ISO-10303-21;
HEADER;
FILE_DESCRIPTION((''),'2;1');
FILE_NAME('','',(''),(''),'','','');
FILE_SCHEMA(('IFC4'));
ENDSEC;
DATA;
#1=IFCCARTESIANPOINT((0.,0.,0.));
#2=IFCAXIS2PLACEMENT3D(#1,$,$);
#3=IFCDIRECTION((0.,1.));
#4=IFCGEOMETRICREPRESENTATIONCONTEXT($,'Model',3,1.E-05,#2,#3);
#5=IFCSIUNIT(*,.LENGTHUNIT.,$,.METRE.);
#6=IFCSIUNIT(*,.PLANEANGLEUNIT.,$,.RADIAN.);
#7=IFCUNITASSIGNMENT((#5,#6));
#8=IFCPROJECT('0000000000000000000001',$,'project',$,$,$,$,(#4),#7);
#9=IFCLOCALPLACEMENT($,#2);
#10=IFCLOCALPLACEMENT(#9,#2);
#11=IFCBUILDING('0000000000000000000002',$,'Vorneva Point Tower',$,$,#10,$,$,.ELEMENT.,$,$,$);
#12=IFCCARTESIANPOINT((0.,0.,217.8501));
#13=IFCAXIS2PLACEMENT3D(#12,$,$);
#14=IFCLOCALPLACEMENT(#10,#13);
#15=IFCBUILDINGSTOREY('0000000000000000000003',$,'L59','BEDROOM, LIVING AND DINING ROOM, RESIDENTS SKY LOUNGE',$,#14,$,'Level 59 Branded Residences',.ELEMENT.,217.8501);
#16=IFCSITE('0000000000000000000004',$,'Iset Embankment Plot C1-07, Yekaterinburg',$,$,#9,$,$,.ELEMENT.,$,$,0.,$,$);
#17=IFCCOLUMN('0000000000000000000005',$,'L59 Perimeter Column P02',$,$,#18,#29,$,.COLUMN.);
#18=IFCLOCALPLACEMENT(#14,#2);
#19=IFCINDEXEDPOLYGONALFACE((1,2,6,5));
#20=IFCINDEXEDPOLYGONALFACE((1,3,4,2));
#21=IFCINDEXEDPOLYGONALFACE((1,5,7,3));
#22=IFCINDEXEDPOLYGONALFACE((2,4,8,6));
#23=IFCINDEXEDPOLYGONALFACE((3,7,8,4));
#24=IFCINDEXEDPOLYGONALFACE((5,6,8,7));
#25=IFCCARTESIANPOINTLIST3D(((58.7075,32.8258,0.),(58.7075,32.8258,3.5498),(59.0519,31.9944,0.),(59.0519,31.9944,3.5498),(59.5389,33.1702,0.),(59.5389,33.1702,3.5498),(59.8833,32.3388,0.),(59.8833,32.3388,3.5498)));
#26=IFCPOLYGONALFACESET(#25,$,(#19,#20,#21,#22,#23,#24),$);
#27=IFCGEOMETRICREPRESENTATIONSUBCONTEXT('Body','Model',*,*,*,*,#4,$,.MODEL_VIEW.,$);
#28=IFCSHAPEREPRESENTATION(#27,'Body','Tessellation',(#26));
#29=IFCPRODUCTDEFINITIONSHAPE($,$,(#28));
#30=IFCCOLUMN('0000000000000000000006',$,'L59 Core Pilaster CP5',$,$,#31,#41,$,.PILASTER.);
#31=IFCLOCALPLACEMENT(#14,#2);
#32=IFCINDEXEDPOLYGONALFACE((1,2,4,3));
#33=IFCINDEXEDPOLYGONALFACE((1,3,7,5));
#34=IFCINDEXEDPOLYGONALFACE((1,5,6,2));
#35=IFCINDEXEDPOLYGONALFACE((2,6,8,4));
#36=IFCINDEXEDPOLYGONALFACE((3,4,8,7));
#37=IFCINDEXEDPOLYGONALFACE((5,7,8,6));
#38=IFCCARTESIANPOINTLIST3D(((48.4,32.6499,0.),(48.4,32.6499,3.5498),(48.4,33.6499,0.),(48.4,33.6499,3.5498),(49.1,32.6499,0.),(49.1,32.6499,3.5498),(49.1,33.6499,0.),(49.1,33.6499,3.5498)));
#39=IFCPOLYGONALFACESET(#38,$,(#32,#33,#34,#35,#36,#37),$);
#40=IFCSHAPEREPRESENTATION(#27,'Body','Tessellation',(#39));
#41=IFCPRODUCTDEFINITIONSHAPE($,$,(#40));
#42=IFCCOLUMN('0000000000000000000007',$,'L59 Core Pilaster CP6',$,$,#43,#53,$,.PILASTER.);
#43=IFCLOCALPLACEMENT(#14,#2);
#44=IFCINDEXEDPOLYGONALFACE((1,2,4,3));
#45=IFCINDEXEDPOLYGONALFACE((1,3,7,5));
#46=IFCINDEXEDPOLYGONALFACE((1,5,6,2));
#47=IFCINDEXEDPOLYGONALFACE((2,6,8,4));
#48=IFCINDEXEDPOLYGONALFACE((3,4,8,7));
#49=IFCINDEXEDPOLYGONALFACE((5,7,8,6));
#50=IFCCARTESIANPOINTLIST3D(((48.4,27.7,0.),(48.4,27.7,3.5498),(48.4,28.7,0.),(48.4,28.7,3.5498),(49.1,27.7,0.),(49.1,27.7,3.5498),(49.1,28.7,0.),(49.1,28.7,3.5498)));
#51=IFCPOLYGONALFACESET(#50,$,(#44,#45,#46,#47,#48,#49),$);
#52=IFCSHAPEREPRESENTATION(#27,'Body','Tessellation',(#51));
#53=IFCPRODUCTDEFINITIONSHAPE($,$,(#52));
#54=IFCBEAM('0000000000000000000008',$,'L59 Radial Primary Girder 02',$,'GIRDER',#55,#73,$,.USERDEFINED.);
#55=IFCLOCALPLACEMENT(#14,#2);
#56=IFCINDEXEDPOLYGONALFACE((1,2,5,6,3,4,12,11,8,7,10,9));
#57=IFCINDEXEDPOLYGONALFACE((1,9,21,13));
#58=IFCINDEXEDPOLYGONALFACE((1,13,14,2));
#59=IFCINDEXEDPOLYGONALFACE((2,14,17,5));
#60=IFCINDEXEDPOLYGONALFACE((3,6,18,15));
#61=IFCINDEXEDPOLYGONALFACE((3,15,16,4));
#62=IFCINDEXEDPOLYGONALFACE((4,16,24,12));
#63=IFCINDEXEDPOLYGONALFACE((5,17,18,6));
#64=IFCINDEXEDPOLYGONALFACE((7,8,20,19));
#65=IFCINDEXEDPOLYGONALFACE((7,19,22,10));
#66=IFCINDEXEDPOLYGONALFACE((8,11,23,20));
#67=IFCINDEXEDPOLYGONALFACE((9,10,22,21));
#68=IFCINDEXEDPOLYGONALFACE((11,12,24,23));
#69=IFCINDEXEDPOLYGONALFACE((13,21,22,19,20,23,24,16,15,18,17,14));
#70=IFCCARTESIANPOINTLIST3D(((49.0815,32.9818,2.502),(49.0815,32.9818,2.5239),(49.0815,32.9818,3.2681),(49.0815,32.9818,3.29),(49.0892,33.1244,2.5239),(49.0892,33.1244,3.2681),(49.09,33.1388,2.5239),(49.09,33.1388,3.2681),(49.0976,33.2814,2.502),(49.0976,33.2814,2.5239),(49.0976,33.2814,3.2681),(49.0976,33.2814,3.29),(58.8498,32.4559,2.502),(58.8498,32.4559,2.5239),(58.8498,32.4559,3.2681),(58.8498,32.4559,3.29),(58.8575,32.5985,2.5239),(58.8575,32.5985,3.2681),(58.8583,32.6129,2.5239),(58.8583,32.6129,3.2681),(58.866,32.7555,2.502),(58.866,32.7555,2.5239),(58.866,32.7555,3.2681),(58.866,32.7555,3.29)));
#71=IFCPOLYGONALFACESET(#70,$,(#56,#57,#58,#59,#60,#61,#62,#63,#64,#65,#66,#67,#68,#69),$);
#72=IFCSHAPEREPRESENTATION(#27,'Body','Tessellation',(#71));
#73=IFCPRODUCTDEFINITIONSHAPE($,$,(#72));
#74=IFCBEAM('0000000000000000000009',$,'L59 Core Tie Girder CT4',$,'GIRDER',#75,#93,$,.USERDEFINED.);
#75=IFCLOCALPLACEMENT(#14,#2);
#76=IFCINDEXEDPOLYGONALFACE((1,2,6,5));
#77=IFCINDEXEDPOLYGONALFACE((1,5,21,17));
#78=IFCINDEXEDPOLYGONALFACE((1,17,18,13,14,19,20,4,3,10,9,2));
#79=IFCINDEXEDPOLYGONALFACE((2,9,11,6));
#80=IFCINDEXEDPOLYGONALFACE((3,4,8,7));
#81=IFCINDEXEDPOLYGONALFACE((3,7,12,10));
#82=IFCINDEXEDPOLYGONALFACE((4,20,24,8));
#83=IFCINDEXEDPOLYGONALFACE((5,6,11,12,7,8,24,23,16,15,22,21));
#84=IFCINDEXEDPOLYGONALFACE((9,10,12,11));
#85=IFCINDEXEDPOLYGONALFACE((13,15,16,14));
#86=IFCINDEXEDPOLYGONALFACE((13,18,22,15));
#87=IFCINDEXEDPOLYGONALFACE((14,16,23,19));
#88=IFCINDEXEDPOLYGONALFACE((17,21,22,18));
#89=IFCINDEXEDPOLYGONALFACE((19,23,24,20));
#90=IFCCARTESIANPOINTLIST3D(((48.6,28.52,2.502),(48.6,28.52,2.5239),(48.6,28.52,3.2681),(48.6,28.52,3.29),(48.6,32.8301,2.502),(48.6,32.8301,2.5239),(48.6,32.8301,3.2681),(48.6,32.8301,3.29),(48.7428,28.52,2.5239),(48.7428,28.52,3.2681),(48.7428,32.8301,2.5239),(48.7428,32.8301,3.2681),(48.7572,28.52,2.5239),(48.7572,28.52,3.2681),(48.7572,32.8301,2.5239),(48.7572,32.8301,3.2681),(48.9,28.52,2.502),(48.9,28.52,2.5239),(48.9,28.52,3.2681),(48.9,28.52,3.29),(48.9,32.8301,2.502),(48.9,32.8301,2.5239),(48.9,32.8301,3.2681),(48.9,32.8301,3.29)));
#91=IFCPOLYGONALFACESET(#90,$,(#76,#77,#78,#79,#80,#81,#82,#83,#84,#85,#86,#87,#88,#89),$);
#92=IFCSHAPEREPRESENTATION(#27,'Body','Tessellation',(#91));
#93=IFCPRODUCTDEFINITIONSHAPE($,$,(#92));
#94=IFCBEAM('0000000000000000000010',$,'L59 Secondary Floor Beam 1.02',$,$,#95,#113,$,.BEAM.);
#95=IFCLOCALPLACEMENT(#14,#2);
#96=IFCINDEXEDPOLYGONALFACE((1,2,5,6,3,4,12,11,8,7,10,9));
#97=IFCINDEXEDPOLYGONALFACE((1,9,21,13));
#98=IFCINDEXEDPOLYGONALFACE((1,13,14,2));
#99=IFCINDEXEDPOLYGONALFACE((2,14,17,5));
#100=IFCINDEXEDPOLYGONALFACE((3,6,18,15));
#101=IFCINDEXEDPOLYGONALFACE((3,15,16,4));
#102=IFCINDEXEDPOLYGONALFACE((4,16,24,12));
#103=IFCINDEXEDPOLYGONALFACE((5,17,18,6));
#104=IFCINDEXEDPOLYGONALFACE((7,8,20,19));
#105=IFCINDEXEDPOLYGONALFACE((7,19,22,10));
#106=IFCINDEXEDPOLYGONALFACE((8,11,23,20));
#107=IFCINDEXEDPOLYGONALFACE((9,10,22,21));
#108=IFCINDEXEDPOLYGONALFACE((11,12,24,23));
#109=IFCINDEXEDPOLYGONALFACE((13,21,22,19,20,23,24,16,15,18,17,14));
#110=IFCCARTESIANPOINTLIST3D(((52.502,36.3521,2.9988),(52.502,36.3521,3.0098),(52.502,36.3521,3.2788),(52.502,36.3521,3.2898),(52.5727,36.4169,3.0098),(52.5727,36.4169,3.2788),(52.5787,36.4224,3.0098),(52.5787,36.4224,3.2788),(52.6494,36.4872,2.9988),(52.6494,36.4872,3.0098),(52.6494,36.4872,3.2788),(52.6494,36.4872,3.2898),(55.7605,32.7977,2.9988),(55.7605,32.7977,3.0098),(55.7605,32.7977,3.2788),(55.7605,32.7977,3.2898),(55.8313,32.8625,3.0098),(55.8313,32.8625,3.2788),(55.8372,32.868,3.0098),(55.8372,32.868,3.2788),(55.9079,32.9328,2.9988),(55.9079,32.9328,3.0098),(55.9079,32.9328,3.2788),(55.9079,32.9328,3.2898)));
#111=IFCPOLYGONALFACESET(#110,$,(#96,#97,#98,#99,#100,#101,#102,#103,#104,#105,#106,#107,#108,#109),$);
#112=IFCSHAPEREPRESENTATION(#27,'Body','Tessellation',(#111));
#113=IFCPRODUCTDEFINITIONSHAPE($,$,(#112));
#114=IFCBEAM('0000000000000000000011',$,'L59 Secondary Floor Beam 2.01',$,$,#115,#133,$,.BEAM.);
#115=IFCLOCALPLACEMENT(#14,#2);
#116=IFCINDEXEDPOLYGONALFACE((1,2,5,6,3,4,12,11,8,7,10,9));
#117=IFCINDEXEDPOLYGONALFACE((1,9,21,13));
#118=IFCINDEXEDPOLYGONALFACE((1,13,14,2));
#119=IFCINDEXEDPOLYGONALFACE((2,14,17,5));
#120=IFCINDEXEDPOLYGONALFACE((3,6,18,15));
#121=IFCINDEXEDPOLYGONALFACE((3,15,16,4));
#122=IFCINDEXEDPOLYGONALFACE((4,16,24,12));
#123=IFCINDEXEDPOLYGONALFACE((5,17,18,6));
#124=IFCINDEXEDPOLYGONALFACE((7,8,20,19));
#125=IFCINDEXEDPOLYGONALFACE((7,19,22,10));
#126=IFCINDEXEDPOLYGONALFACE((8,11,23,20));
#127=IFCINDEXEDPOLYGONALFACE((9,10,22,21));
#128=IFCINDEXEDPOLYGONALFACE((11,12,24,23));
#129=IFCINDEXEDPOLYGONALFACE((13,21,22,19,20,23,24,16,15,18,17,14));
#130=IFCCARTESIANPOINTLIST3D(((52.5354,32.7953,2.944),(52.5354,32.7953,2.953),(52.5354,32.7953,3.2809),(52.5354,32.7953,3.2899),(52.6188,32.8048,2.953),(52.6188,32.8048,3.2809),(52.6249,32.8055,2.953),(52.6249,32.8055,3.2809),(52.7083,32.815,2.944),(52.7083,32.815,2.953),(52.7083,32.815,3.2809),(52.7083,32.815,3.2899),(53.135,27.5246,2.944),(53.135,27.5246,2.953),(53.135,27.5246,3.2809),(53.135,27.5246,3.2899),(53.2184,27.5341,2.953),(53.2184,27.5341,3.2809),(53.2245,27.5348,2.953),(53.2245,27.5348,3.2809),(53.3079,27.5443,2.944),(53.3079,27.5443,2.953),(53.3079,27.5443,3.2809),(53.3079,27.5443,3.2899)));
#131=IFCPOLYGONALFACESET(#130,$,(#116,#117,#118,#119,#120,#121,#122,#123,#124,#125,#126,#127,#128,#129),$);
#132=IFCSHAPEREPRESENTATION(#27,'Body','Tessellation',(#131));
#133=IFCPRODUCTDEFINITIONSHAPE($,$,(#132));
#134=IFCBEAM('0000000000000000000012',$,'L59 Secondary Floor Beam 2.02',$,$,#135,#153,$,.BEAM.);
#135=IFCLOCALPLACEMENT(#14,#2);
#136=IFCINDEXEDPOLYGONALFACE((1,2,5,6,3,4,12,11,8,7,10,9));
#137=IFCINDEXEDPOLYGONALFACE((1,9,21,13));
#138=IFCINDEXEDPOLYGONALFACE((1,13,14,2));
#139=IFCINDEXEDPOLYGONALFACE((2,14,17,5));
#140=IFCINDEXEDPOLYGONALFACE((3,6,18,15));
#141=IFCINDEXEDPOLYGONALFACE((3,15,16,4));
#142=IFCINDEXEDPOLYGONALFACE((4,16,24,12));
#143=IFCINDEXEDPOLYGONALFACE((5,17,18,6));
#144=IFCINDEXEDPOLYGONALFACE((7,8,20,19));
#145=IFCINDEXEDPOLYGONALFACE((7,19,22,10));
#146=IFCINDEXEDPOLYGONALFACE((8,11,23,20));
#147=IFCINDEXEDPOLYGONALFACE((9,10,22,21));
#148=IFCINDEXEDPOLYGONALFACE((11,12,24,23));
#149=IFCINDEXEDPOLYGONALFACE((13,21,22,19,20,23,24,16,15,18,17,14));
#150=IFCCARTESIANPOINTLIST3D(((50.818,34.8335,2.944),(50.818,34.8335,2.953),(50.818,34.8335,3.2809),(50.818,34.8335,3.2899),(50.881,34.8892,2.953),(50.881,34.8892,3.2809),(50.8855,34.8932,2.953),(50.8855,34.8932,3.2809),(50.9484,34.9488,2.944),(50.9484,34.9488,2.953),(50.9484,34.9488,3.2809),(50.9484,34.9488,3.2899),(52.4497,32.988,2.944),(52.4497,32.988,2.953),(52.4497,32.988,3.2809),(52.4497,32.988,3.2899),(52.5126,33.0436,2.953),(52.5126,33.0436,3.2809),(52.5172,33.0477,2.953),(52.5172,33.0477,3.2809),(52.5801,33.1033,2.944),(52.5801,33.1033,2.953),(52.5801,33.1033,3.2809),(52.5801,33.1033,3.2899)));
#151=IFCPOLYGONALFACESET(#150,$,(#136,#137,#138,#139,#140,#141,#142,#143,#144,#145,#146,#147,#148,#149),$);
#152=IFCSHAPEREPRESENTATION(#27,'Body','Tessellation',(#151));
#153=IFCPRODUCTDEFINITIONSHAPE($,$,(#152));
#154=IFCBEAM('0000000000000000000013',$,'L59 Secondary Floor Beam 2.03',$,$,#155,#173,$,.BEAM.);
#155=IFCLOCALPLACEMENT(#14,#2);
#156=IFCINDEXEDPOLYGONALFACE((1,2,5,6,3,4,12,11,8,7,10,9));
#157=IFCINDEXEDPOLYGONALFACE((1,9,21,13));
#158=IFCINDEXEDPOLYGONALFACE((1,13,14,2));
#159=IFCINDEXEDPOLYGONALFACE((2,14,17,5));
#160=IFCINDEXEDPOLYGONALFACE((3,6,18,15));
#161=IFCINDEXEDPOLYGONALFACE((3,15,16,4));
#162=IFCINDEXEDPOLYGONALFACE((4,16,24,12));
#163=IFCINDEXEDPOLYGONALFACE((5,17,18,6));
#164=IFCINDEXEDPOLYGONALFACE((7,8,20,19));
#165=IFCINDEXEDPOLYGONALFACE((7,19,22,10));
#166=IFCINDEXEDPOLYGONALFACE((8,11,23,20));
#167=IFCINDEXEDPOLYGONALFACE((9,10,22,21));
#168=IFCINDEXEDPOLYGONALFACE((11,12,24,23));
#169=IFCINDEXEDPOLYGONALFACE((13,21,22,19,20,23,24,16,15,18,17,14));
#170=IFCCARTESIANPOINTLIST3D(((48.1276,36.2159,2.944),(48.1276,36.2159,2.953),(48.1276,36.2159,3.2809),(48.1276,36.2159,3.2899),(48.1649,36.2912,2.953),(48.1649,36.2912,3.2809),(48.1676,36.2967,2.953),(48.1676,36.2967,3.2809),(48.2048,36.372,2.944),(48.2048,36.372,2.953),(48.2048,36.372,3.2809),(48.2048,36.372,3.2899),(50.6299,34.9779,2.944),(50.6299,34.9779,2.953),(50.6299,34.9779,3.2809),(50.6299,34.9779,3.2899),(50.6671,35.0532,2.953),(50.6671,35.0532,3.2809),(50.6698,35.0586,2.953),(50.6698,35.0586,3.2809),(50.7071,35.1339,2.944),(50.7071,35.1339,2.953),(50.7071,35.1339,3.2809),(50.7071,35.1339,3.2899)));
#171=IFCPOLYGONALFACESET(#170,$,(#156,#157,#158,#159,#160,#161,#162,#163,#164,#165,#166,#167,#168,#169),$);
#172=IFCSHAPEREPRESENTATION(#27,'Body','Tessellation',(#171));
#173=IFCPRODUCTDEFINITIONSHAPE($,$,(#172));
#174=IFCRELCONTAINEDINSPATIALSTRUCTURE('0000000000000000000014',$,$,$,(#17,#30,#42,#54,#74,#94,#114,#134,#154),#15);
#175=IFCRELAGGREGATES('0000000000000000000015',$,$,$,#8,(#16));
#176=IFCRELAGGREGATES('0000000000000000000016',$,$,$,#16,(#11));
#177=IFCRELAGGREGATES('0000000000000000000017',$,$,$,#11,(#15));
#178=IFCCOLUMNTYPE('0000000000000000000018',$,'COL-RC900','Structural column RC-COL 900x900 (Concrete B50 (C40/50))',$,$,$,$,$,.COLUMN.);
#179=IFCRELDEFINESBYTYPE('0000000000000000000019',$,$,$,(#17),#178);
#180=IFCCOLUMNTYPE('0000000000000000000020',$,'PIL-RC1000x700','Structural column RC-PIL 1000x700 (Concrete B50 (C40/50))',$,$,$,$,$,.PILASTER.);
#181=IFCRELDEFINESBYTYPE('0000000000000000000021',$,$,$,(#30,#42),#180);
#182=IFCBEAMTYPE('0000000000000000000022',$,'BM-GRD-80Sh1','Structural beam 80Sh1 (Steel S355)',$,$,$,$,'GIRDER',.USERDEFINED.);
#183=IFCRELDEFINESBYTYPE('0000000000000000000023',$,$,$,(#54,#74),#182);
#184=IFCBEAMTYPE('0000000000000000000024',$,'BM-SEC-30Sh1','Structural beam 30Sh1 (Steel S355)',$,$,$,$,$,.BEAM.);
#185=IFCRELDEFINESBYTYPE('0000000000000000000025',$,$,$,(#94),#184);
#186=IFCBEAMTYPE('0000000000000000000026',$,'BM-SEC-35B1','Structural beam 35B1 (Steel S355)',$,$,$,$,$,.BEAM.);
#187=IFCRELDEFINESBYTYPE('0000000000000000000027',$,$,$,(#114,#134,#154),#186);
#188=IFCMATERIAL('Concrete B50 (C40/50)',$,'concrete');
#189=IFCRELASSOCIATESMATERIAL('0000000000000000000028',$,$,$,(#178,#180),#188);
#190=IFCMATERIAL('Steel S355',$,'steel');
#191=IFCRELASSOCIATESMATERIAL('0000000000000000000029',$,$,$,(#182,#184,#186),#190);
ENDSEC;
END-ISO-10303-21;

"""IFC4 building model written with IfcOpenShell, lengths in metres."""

from ifc_helpers import new_model, si_unit, direction, frame, origin, origin_2d, place, context, subcontext, project, spatial, rectangle, i_section, extrude, material, material_profile, profile_set, type_object, element, save


model = new_model("IFC4")

# Units and contexts
model_context = context("Model", 3, precision=1e-05, world=origin(), true_north=direction((0.0, 1.0)))
body_context = subcontext(model_context, "Body", "Model", "MODEL_VIEW")
ifc_project = project(units=[si_unit("LENGTHUNIT", "METRE"), si_unit("PLANEANGLEUNIT", "RADIAN")], contexts=[model_context])

# Site, building, storey
site_placement = place(None, origin())
site = spatial("IfcSite", under=ifc_project, at=site_placement, Name="Iset Embankment Plot C1-07, Yekaterinburg", CompositionType="ELEMENT", RefElevation=0.0)
building_placement = place(site_placement, origin())
building = spatial("IfcBuilding", under=site, at=building_placement, Name="Vorneva Point Tower", CompositionType="ELEMENT")
storey_placement = place(building_placement, frame((0.0, 0.0, 217.8501)))
storey = spatial("IfcBuildingStorey", under=building, at=storey_placement, Name="L59", Description="BEDROOM, LIVING AND DINING ROOM, RESIDENTS SKY LOUNGE", LongName="Level 59 Branded Residences", CompositionType="ELEMENT", Elevation=217.8501)

# Columns
ifc_material_1 = material(Name="Concrete B50 (C40/50)", Category="concrete")
ifc_material_profile_1 = material_profile(ifc_material_1, rectangle(XDim=0.8999, YDim=0.8999, at=origin_2d()), Name="RC-COL 900x900")
ifc_profile_set_1 = profile_set([ifc_material_profile_1], Name="Concrete B50 (C40/50)")
column_type_1 = type_object("IfcColumnType", Name="COL-RC900", Description="Structural column RC-COL 900x900 (Concrete B50 (C40/50))", PredefinedType="COLUMN", material=ifc_profile_set_1)
column_placement = place(storey_placement, frame((59.2954, 32.5823, 0.0), z_axis=(0.0, 0.0, 1.0), x_axis=(0.92388, 0.382683, 0.0)))
element("IfcColumn", 1, at=column_placement, inside=storey, type_object=column_type_1, Name="L59 Perimeter Column P02", PredefinedType="COLUMN", context=body_context, shape_type="SweptSolid", body=[
    extrude(rectangle(XDim=0.8999, YDim=0.8999, at=origin_2d()), origin(), (0.0, 0.0, 1.0), 3.5498),
])
ifc_material_profile_2 = material_profile(ifc_material_1, rectangle(XDim=0.7, YDim=1.0, at=origin_2d()), Name="RC-PIL 1000x700")
ifc_profile_set_2 = profile_set([ifc_material_profile_2], Name="Concrete B50 (C40/50)")
column_type_2 = type_object("IfcColumnType", Name="PIL-RC1000x700", Description="Structural column RC-PIL 1000x700 (Concrete B50 (C40/50))", PredefinedType="PILASTER", material=ifc_profile_set_2)
for number, where, z_axis, x_axis, name in (
    (2, (48.75, 33.1499, 0.0), (0.0, 0.0, 1.0), (1.0, 0.0, 0.0), "L59 Core Pilaster CP5"),
    (3, (48.75, 28.2, 0.0), (0.0, 0.0, 1.0), (1.0, 0.0, 0.0), "L59 Core Pilaster CP6"),
):
    element("IfcColumn", number, at=place(storey_placement, frame(where, z_axis=z_axis, x_axis=x_axis)), inside=storey, type_object=column_type_2, Name=name, PredefinedType="PILASTER", context=body_context, shape_type="SweptSolid", body=[
        extrude(rectangle(XDim=0.7, YDim=1.0, at=origin_2d()), origin(), (0.0, 0.0, 1.0), 3.5498),
    ])

# Beams
ifc_material_2 = material(Name="Steel S355", Category="steel")
ifc_material_profile_3 = material_profile(ifc_material_2, i_section(OverallWidth=0.3, OverallDepth=0.7881, WebThickness=0.0144, FlangeThickness=0.022, at=origin_2d()), Name="80Sh1")
ifc_profile_set_3 = profile_set([ifc_material_profile_3], Name="Steel S355")
beam_type_1 = type_object("IfcBeamType", Name="BM-GRD-80Sh1", Description="Structural beam 80Sh1 (Steel S355)", ElementType="GIRDER", PredefinedType="USERDEFINED", material=ifc_profile_set_3)
beam_1_placement = place(storey_placement, frame((58.8579, 32.6057, 2.896), z_axis=(-0.998554, 0.053757, 0.0), x_axis=(-0.053757, -0.998554, 0.0)))
element("IfcBeam", 4, at=beam_1_placement, inside=storey, type_object=beam_type_1, Name="L59 Radial Primary Girder 02", ObjectType="GIRDER", PredefinedType="USERDEFINED", context=body_context, shape_type="SweptSolid", body=[
    extrude(i_section(OverallWidth=0.3, OverallDepth=0.7881, WebThickness=0.0144, FlangeThickness=0.022, at=origin_2d()), origin(), (0.0, 0.0, 1.0), 9.7825),
])
beam_2_placement = place(storey_placement, frame((48.75, 28.52, 2.896), z_axis=(0.0, 1.0, 0.0), x_axis=(-1.0, 0.0, 0.0)))
element("IfcBeam", 5, at=beam_2_placement, inside=storey, type_object=beam_type_1, Name="L59 Core Tie Girder CT4", ObjectType="GIRDER", PredefinedType="USERDEFINED", context=body_context, shape_type="SweptSolid", body=[
    extrude(i_section(OverallWidth=0.3, OverallDepth=0.7881, WebThickness=0.0144, FlangeThickness=0.022, at=origin_2d()), origin(), (0.0, 0.0, 1.0), 4.3101),
])
ifc_material_profile_4 = material_profile(ifc_material_2, i_section(OverallWidth=0.2, OverallDepth=0.291, WebThickness=0.0081, FlangeThickness=0.011, at=origin_2d()), Name="30Sh1")
ifc_profile_set_4 = profile_set([ifc_material_profile_4], Name="Steel S355")
beam_type_2 = type_object("IfcBeamType", Name="BM-SEC-30Sh1", Description="Structural beam 30Sh1 (Steel S355)", PredefinedType="BEAM", material=ifc_profile_set_4)
beam_3_placement = place(storey_placement, frame((55.8342, 32.8652, 3.1443), z_axis=(-0.675759, 0.737123, 0.0), x_axis=(-0.737123, -0.675759, 0.0)))
element("IfcBeam", 6, at=beam_3_placement, inside=storey, type_object=beam_type_2, Name="L59 Secondary Floor Beam 1.02", PredefinedType="BEAM", context=body_context, shape_type="SweptSolid", body=[
    extrude(i_section(OverallWidth=0.2, OverallDepth=0.291, WebThickness=0.0081, FlangeThickness=0.011, at=origin_2d()), origin(), (0.0, 0.0, 1.0), 4.822),
])
ifc_material_profile_5 = material_profile(ifc_material_2, i_section(OverallWidth=0.1741, OverallDepth=0.3459, WebThickness=0.0061, FlangeThickness=0.009, at=origin_2d()), Name="35B1")
ifc_profile_set_5 = profile_set([ifc_material_profile_5], Name="Steel S355")
beam_type_3 = type_object("IfcBeamType", Name="BM-SEC-35B1", Description="Structural beam 35B1 (Steel S355)", PredefinedType="BEAM", material=ifc_profile_set_5)
beam_4_placement = place(storey_placement, frame((53.2214, 27.5344, 3.1169), z_axis=(-0.113033, 0.993591, 0.0), x_axis=(-0.993591, -0.113033, 0.0)))
element("IfcBeam", 7, at=beam_4_placement, inside=storey, type_object=beam_type_3, Name="L59 Secondary Floor Beam 2.01", PredefinedType="BEAM", context=body_context, shape_type="SweptSolid", body=[
    extrude(i_section(OverallWidth=0.1741, OverallDepth=0.3459, WebThickness=0.0061, FlangeThickness=0.009, at=origin_2d()), origin(), (0.0, 0.0, 1.0), 5.3047),
])
beam_5_placement = place(storey_placement, frame((52.5149, 33.0457, 3.1169), z_axis=(-0.662362, 0.749184, 0.0), x_axis=(-0.749184, -0.662362, 0.0)))
element("IfcBeam", 8, at=beam_5_placement, inside=storey, type_object=beam_type_3, Name="L59 Secondary Floor Beam 2.02", PredefinedType="BEAM", context=body_context, shape_type="SweptSolid", body=[
    extrude(i_section(OverallWidth=0.1741, OverallDepth=0.3459, WebThickness=0.0061, FlangeThickness=0.009, at=origin_2d()), origin(), (0.0, 0.0, 1.0), 2.4634),
])
beam_6_placement = place(storey_placement, frame((50.6685, 35.0559, 3.1169), z_axis=(-0.896291, 0.443467, 0.0), x_axis=(-0.443467, -0.896291, 0.0)))
element("IfcBeam", 9, at=beam_6_placement, inside=storey, type_object=beam_type_3, Name="L59 Secondary Floor Beam 2.03", PredefinedType="BEAM", context=body_context, shape_type="SweptSolid", body=[
    extrude(i_section(OverallWidth=0.1741, OverallDepth=0.3459, WebThickness=0.0061, FlangeThickness=0.009, at=origin_2d()), origin(), (0.0, 0.0, 1.0), 2.7917),
])

save(model, "model.ifc")
